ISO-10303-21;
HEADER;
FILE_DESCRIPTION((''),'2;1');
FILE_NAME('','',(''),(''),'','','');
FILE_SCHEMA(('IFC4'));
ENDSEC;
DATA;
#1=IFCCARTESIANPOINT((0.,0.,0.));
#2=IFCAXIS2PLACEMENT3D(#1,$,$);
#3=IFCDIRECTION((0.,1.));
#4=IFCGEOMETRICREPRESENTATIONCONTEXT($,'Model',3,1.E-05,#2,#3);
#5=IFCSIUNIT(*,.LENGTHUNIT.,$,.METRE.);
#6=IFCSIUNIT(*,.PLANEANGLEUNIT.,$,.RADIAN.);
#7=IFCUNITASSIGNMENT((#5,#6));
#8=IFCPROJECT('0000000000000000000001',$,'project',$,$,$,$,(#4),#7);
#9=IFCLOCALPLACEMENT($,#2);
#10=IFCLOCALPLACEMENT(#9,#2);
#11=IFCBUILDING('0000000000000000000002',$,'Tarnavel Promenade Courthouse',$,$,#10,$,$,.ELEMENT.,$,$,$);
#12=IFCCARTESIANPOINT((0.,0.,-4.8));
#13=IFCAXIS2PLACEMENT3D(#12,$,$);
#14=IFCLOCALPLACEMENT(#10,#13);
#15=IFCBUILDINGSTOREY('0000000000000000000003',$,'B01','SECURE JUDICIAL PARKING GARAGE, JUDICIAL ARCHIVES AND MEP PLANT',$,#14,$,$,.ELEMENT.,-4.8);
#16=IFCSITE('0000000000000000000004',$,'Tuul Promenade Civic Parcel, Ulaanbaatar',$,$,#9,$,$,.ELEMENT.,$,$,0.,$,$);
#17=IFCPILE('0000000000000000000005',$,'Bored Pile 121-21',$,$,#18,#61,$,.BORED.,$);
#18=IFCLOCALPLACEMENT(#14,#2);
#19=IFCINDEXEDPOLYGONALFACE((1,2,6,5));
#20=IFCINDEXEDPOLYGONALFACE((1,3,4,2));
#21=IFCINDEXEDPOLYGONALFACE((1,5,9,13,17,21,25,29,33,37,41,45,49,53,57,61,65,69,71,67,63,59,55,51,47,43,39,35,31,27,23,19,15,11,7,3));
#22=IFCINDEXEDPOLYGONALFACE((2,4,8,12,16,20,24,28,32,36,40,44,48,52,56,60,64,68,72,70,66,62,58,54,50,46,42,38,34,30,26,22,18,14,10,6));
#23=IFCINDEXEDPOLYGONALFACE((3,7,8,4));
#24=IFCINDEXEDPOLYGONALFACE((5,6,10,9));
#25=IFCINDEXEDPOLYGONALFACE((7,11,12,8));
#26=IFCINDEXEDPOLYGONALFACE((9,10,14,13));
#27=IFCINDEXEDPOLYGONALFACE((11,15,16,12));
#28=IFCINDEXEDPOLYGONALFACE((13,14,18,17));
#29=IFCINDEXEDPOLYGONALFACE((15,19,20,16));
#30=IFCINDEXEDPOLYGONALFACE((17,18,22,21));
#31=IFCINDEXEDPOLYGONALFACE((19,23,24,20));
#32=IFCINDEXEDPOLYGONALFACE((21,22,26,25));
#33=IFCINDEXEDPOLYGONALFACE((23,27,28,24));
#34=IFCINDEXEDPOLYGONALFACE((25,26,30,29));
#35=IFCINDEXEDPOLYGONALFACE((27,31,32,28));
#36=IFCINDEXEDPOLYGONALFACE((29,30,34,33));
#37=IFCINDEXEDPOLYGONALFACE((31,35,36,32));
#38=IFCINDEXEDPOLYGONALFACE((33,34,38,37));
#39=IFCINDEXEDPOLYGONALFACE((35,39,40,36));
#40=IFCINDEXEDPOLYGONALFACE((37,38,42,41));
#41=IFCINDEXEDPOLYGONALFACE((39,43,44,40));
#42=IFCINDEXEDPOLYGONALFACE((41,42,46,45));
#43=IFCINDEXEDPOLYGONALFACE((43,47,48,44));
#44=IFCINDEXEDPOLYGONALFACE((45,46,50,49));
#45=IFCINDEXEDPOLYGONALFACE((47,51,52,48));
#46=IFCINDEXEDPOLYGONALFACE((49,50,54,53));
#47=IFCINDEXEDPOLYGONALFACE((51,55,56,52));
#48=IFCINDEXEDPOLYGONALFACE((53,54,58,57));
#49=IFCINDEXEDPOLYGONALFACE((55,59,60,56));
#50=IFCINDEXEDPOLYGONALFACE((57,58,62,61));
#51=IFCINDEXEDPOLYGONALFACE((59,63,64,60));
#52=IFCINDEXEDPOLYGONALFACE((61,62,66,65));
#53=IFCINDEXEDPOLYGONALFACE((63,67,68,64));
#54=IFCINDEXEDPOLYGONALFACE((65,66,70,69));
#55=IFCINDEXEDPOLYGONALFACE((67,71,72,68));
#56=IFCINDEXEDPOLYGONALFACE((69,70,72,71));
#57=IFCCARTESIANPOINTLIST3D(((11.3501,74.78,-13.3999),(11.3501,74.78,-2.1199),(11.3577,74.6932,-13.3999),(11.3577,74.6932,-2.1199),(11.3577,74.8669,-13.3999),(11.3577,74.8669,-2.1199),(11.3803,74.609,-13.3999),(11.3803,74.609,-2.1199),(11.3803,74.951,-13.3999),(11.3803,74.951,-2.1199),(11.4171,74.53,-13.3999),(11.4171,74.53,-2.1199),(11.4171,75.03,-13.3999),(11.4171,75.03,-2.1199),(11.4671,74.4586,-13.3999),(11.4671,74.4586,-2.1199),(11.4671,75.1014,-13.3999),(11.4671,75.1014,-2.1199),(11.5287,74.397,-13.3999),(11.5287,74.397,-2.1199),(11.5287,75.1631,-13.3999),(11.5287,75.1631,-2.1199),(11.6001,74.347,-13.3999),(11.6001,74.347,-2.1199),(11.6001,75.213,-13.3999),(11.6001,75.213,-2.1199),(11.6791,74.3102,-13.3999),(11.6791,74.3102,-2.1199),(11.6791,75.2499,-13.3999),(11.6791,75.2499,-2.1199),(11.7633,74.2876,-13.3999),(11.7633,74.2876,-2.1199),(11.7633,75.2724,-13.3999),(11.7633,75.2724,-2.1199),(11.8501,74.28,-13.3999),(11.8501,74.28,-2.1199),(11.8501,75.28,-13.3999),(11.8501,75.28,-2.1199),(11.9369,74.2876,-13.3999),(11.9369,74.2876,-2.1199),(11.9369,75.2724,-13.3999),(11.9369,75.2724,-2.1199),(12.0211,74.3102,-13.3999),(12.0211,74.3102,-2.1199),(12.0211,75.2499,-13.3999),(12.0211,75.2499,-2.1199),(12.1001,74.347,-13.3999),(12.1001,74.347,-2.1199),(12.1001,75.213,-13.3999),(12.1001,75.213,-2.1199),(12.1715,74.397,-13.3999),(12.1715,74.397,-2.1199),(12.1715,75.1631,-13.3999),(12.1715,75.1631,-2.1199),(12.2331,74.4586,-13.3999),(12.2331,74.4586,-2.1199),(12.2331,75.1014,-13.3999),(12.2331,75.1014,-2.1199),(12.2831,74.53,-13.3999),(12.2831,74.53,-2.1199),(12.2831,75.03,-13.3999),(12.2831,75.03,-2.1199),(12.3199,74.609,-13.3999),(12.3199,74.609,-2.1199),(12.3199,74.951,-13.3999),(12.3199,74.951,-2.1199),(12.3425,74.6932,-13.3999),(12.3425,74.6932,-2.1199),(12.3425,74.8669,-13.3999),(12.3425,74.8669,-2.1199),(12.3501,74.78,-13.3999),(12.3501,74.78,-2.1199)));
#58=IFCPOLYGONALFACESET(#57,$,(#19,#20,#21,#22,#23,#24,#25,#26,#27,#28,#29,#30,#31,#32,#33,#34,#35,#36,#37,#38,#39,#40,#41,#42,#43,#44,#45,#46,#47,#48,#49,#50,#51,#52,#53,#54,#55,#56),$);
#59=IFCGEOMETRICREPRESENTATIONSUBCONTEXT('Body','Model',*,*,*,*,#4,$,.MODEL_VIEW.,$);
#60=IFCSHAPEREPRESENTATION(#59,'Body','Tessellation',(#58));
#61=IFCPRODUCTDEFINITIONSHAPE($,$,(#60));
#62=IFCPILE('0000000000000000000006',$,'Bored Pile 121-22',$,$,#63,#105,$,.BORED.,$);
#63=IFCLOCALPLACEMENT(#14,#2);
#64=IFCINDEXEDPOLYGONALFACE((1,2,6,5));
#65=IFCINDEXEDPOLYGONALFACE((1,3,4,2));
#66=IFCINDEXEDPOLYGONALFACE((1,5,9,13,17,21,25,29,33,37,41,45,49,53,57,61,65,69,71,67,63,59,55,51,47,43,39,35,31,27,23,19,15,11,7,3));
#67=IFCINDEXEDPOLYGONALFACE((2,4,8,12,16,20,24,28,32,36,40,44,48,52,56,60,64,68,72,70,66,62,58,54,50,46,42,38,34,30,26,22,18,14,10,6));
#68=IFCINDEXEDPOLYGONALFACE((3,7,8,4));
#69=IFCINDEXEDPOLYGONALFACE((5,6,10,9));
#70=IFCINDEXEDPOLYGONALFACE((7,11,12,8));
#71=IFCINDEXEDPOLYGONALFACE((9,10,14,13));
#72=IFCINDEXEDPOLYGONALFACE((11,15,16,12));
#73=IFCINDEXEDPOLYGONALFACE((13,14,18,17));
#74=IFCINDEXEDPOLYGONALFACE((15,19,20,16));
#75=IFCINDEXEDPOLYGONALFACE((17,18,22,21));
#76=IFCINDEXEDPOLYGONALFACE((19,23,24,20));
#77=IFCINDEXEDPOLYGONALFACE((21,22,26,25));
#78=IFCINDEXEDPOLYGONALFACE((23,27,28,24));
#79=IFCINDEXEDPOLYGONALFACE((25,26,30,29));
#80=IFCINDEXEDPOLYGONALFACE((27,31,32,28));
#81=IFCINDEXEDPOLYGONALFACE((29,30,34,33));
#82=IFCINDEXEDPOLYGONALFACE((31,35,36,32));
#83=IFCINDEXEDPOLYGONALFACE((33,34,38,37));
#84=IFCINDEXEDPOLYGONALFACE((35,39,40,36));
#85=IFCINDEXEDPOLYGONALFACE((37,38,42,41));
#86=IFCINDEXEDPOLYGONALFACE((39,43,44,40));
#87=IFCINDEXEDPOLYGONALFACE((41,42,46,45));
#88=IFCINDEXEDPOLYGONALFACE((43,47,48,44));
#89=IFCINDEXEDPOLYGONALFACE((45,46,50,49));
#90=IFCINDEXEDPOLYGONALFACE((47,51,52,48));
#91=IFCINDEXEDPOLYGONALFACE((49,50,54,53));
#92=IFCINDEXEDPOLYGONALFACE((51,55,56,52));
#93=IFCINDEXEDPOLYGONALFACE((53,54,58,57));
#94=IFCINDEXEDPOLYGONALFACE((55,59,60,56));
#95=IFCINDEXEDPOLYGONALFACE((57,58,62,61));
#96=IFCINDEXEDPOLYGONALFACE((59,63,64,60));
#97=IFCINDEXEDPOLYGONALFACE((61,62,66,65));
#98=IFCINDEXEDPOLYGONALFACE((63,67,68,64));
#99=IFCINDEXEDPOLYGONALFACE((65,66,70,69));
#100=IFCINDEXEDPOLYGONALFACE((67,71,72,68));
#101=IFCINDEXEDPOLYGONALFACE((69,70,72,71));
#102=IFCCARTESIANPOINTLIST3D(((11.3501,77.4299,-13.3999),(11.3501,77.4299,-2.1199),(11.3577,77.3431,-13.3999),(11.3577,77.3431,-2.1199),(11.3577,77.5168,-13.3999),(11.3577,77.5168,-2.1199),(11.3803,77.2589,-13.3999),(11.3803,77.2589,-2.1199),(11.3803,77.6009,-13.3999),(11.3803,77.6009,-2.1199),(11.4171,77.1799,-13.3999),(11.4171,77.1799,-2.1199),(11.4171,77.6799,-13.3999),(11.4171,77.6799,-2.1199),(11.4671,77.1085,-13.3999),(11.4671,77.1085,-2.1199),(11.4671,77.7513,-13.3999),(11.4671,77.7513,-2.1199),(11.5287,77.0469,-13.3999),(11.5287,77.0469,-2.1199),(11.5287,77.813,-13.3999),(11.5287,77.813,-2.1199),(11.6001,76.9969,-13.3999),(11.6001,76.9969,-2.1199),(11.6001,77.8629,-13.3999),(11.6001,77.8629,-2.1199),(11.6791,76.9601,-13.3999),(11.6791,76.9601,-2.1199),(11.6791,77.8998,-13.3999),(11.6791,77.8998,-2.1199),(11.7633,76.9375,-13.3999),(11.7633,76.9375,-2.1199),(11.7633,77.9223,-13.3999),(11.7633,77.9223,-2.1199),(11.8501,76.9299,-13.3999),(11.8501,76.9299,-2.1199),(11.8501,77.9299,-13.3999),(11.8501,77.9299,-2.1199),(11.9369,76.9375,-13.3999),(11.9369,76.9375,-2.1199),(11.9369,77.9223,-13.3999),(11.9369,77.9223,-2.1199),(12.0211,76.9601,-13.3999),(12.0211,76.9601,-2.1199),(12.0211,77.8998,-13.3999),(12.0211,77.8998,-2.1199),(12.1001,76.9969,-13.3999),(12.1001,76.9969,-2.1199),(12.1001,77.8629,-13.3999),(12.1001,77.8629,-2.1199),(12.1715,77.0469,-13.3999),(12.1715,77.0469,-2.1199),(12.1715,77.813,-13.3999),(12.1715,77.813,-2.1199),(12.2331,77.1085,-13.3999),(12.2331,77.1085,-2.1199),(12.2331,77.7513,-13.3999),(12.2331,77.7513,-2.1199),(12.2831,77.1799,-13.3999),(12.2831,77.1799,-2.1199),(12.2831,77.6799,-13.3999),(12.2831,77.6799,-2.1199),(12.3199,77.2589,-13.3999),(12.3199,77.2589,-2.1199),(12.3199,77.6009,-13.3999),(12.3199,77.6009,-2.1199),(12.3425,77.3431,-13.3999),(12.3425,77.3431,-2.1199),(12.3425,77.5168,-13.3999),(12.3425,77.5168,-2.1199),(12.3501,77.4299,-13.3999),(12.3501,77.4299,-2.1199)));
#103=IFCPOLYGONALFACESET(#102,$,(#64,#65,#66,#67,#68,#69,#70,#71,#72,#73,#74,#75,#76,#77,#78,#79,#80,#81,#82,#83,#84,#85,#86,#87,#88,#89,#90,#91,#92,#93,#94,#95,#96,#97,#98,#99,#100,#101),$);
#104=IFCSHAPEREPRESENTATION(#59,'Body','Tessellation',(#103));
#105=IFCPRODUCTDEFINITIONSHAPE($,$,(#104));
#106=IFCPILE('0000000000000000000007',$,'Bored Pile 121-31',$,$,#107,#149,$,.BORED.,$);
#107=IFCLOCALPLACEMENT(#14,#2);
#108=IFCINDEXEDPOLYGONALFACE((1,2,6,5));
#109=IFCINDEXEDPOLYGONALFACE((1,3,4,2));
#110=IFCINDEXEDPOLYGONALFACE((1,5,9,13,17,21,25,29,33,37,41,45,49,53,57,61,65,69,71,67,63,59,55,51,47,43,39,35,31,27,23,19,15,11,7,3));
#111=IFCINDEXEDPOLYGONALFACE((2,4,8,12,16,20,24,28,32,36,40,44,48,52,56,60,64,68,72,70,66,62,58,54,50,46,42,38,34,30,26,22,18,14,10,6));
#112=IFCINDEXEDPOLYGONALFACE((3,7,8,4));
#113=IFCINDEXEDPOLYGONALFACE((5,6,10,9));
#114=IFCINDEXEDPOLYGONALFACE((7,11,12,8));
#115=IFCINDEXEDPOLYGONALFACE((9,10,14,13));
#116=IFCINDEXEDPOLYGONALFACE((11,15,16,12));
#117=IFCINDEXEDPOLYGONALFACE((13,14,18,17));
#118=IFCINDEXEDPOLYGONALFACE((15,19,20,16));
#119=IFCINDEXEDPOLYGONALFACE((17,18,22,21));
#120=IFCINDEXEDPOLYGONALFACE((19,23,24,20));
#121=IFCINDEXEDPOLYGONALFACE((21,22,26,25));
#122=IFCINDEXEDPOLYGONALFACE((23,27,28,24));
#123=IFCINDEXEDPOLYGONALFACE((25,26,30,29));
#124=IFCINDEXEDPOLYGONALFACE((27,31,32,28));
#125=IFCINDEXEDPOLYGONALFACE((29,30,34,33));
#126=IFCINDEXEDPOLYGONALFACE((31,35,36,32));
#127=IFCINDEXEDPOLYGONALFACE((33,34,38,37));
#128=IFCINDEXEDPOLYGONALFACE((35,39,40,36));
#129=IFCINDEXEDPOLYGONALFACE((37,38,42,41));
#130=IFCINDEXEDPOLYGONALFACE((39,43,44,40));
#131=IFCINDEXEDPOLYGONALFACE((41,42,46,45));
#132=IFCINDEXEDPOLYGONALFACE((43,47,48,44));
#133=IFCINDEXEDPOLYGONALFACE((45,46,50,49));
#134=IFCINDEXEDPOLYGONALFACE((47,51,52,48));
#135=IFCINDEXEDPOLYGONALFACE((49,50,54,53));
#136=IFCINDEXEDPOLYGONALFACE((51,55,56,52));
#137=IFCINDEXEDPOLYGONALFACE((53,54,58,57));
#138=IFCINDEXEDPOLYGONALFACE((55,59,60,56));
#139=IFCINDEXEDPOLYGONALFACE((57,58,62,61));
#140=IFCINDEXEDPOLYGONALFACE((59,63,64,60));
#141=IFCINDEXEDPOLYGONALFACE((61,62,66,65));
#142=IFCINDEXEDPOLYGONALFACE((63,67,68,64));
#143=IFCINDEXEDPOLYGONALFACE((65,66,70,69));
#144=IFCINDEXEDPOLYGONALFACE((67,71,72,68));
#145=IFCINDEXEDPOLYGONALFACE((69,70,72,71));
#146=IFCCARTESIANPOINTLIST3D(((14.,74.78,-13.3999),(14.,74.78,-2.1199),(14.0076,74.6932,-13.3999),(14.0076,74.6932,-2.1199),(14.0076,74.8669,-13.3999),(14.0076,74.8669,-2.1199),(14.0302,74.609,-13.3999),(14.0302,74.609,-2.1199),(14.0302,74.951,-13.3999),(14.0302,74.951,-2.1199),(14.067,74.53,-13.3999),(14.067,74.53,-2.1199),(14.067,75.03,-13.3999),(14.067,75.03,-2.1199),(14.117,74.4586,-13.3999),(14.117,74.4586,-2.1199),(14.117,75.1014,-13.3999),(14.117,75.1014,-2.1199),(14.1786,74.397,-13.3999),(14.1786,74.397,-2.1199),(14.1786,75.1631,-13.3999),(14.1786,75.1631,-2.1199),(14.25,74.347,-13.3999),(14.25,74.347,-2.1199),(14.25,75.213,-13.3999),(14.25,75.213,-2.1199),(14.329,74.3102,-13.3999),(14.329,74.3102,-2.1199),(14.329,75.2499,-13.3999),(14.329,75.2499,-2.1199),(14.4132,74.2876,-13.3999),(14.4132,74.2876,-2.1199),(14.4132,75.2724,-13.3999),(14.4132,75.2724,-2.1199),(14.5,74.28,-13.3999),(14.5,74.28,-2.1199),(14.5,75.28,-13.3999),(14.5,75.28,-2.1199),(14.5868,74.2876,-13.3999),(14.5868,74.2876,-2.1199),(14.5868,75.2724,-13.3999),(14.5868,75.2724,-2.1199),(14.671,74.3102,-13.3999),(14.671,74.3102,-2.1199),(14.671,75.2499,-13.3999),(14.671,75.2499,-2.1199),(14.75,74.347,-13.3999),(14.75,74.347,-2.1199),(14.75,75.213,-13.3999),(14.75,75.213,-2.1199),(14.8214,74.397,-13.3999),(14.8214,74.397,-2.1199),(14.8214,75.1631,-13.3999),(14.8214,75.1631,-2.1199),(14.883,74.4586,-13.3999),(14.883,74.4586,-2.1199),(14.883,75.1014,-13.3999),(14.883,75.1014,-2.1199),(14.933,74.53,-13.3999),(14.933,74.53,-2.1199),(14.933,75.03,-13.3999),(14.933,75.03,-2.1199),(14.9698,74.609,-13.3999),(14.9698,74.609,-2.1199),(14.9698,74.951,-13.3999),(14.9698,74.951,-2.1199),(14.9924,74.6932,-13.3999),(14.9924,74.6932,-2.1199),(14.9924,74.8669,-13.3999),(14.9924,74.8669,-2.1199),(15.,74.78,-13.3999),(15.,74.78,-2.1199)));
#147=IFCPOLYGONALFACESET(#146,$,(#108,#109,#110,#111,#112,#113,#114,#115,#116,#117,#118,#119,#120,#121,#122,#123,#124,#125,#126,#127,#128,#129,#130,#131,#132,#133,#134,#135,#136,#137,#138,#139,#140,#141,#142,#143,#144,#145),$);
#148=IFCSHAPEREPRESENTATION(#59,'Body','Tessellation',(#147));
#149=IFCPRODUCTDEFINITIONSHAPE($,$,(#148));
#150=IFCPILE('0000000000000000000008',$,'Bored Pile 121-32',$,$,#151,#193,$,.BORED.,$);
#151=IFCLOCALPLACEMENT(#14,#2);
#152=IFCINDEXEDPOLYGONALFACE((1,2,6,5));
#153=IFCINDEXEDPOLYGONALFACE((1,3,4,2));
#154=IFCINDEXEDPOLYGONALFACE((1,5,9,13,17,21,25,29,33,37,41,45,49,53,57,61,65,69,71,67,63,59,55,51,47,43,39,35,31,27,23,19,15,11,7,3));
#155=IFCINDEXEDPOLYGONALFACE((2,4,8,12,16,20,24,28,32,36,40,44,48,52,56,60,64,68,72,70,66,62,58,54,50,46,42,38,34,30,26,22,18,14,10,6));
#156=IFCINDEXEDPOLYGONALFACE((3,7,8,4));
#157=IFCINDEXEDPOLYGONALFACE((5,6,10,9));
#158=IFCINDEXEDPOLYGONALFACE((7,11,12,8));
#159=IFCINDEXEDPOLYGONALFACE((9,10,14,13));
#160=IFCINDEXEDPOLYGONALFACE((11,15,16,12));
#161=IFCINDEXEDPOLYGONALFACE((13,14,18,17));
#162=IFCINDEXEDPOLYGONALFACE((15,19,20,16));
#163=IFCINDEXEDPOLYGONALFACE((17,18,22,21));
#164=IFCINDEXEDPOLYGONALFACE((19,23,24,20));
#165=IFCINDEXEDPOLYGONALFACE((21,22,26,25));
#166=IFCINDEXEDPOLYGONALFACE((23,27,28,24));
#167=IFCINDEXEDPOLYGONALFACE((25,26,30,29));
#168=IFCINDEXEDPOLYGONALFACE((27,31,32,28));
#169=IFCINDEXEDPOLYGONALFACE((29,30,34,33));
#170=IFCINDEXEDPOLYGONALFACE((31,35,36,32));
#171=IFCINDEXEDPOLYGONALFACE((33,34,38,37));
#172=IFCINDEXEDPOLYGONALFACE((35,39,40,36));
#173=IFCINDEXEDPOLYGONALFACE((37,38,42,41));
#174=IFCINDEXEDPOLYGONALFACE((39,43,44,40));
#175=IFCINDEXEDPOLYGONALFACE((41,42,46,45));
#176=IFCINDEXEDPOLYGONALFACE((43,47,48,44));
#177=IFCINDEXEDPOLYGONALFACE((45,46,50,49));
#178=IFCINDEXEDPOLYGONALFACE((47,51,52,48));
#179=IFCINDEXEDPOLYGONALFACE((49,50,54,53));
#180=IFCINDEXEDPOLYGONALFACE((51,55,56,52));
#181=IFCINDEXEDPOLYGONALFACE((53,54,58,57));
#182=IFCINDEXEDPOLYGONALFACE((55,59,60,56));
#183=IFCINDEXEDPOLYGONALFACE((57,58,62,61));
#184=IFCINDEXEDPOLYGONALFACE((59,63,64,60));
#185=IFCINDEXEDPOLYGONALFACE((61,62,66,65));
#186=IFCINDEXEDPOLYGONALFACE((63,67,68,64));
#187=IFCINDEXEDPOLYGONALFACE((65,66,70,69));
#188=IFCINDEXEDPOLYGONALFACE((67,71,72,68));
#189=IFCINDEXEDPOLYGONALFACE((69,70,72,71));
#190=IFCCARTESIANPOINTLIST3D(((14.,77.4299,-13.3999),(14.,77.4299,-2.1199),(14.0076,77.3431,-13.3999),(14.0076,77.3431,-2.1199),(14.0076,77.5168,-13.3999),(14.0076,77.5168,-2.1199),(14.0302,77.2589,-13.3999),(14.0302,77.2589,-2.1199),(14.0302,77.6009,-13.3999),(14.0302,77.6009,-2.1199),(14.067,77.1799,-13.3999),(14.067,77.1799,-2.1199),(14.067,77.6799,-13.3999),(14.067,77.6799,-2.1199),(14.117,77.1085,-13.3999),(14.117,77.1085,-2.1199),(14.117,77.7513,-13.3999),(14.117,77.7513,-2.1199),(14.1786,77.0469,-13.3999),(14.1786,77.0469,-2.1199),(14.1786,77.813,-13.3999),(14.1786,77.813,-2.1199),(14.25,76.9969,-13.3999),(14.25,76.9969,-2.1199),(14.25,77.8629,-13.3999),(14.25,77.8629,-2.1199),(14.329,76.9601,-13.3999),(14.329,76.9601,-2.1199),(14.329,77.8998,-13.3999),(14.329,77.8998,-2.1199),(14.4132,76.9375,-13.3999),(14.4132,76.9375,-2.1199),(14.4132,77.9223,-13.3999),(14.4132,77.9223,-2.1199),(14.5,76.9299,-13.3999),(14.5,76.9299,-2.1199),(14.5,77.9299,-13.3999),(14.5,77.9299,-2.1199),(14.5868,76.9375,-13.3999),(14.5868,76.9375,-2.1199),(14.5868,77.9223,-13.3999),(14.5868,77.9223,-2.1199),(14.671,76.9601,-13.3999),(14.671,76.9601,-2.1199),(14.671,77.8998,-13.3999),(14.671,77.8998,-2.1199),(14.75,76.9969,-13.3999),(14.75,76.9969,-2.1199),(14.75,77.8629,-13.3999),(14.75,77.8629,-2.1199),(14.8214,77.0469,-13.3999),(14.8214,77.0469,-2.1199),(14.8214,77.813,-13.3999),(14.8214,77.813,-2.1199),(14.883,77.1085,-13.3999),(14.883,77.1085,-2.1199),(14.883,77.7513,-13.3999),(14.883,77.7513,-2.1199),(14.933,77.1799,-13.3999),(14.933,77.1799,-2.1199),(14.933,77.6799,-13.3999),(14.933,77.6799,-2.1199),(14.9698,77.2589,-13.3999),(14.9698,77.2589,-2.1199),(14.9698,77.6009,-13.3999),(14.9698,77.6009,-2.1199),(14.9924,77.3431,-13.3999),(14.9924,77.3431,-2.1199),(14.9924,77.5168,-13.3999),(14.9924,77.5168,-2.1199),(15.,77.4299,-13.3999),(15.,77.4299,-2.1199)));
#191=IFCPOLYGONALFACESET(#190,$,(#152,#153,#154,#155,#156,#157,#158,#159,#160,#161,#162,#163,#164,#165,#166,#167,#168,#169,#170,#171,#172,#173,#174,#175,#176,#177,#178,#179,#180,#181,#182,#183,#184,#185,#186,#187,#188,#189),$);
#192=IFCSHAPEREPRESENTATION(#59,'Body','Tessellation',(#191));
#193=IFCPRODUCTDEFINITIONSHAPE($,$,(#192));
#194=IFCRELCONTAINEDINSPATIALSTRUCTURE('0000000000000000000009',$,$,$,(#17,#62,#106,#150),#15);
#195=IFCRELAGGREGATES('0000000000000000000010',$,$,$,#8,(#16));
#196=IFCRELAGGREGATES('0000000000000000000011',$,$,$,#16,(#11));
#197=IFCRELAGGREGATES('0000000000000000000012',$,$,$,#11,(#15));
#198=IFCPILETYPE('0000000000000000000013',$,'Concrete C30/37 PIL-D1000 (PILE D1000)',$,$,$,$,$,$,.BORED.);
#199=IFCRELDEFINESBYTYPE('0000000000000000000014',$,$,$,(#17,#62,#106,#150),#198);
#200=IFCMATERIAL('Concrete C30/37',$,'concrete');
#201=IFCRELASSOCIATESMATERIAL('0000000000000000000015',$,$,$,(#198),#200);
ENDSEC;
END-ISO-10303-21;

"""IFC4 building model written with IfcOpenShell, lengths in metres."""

from ifc_helpers import new_model, si_unit, direction, frame, origin, origin_2d, place, context, subcontext, project, spatial, circle, extrude, material, material_profile, profile_set, type_object, element, save


model = new_model("IFC4")

# Units and contexts
model_context = context("Model", 3, precision=1e-05, world=origin(), true_north=direction((0.0, 1.0)))
body_context = subcontext(model_context, "Body", "Model", "MODEL_VIEW")
ifc_project = project(units=[si_unit("LENGTHUNIT", "METRE"), si_unit("PLANEANGLEUNIT", "RADIAN")], contexts=[model_context])

# Site, building, storey
site_placement = place(None, origin())
site = spatial("IfcSite", under=ifc_project, at=site_placement, Name="Tuul Promenade Civic Parcel, Ulaanbaatar", CompositionType="ELEMENT", RefElevation=0.0)
building_placement = place(site_placement, origin())
building = spatial("IfcBuilding", under=site, at=building_placement, Name="Tarnavel Promenade Courthouse", CompositionType="ELEMENT")
storey_placement = place(building_placement, frame((0.0, 0.0, -4.8)))
storey = spatial("IfcBuildingStorey", under=building, at=storey_placement, Name="B01", Description="SECURE JUDICIAL PARKING GARAGE, JUDICIAL ARCHIVES AND MEP PLANT", CompositionType="ELEMENT", Elevation=-4.8)

# Piles
ifc_material_1 = material(Name="Concrete C30/37", Category="concrete")
ifc_material_profile_1 = material_profile(ifc_material_1, circle(Radius=0.5, at=origin_2d()), Name="PILE D1000")
ifc_profile_set_1 = profile_set([ifc_material_profile_1], Name="Concrete C30/37")
pile_type = type_object("IfcPileType", Name="Concrete C30/37 PIL-D1000 (PILE D1000)", PredefinedType="BORED", material=ifc_profile_set_1)
for number, where, z_axis, x_axis, name in (
    (1, (11.8501, 74.78, -2.1199), (0.0, 0.0, -1.0), (1.0, 0.0, 0.0), "Bored Pile 121-21"),
    (2, (11.8501, 77.4299, -2.1199), (0.0, 0.0, -1.0), (1.0, 0.0, 0.0), "Bored Pile 121-22"),
    (3, (14.5, 74.78, -2.1199), (0.0, 0.0, -1.0), (1.0, 0.0, 0.0), "Bored Pile 121-31"),
    (4, (14.5, 77.4299, -2.1199), (0.0, 0.0, -1.0), (1.0, 0.0, 0.0), "Bored Pile 121-32"),
):
    element("IfcPile", number, at=place(storey_placement, frame(where, z_axis=z_axis, x_axis=x_axis)), inside=storey, type_object=pile_type, Name=name, PredefinedType="BORED", context=body_context, shape_type="SweptSolid", body=[
        extrude(circle(Radius=0.5, at=origin_2d()), origin(), (0.0, 0.0, 1.0), 11.28),
    ])

save(model, "model.ifc")
